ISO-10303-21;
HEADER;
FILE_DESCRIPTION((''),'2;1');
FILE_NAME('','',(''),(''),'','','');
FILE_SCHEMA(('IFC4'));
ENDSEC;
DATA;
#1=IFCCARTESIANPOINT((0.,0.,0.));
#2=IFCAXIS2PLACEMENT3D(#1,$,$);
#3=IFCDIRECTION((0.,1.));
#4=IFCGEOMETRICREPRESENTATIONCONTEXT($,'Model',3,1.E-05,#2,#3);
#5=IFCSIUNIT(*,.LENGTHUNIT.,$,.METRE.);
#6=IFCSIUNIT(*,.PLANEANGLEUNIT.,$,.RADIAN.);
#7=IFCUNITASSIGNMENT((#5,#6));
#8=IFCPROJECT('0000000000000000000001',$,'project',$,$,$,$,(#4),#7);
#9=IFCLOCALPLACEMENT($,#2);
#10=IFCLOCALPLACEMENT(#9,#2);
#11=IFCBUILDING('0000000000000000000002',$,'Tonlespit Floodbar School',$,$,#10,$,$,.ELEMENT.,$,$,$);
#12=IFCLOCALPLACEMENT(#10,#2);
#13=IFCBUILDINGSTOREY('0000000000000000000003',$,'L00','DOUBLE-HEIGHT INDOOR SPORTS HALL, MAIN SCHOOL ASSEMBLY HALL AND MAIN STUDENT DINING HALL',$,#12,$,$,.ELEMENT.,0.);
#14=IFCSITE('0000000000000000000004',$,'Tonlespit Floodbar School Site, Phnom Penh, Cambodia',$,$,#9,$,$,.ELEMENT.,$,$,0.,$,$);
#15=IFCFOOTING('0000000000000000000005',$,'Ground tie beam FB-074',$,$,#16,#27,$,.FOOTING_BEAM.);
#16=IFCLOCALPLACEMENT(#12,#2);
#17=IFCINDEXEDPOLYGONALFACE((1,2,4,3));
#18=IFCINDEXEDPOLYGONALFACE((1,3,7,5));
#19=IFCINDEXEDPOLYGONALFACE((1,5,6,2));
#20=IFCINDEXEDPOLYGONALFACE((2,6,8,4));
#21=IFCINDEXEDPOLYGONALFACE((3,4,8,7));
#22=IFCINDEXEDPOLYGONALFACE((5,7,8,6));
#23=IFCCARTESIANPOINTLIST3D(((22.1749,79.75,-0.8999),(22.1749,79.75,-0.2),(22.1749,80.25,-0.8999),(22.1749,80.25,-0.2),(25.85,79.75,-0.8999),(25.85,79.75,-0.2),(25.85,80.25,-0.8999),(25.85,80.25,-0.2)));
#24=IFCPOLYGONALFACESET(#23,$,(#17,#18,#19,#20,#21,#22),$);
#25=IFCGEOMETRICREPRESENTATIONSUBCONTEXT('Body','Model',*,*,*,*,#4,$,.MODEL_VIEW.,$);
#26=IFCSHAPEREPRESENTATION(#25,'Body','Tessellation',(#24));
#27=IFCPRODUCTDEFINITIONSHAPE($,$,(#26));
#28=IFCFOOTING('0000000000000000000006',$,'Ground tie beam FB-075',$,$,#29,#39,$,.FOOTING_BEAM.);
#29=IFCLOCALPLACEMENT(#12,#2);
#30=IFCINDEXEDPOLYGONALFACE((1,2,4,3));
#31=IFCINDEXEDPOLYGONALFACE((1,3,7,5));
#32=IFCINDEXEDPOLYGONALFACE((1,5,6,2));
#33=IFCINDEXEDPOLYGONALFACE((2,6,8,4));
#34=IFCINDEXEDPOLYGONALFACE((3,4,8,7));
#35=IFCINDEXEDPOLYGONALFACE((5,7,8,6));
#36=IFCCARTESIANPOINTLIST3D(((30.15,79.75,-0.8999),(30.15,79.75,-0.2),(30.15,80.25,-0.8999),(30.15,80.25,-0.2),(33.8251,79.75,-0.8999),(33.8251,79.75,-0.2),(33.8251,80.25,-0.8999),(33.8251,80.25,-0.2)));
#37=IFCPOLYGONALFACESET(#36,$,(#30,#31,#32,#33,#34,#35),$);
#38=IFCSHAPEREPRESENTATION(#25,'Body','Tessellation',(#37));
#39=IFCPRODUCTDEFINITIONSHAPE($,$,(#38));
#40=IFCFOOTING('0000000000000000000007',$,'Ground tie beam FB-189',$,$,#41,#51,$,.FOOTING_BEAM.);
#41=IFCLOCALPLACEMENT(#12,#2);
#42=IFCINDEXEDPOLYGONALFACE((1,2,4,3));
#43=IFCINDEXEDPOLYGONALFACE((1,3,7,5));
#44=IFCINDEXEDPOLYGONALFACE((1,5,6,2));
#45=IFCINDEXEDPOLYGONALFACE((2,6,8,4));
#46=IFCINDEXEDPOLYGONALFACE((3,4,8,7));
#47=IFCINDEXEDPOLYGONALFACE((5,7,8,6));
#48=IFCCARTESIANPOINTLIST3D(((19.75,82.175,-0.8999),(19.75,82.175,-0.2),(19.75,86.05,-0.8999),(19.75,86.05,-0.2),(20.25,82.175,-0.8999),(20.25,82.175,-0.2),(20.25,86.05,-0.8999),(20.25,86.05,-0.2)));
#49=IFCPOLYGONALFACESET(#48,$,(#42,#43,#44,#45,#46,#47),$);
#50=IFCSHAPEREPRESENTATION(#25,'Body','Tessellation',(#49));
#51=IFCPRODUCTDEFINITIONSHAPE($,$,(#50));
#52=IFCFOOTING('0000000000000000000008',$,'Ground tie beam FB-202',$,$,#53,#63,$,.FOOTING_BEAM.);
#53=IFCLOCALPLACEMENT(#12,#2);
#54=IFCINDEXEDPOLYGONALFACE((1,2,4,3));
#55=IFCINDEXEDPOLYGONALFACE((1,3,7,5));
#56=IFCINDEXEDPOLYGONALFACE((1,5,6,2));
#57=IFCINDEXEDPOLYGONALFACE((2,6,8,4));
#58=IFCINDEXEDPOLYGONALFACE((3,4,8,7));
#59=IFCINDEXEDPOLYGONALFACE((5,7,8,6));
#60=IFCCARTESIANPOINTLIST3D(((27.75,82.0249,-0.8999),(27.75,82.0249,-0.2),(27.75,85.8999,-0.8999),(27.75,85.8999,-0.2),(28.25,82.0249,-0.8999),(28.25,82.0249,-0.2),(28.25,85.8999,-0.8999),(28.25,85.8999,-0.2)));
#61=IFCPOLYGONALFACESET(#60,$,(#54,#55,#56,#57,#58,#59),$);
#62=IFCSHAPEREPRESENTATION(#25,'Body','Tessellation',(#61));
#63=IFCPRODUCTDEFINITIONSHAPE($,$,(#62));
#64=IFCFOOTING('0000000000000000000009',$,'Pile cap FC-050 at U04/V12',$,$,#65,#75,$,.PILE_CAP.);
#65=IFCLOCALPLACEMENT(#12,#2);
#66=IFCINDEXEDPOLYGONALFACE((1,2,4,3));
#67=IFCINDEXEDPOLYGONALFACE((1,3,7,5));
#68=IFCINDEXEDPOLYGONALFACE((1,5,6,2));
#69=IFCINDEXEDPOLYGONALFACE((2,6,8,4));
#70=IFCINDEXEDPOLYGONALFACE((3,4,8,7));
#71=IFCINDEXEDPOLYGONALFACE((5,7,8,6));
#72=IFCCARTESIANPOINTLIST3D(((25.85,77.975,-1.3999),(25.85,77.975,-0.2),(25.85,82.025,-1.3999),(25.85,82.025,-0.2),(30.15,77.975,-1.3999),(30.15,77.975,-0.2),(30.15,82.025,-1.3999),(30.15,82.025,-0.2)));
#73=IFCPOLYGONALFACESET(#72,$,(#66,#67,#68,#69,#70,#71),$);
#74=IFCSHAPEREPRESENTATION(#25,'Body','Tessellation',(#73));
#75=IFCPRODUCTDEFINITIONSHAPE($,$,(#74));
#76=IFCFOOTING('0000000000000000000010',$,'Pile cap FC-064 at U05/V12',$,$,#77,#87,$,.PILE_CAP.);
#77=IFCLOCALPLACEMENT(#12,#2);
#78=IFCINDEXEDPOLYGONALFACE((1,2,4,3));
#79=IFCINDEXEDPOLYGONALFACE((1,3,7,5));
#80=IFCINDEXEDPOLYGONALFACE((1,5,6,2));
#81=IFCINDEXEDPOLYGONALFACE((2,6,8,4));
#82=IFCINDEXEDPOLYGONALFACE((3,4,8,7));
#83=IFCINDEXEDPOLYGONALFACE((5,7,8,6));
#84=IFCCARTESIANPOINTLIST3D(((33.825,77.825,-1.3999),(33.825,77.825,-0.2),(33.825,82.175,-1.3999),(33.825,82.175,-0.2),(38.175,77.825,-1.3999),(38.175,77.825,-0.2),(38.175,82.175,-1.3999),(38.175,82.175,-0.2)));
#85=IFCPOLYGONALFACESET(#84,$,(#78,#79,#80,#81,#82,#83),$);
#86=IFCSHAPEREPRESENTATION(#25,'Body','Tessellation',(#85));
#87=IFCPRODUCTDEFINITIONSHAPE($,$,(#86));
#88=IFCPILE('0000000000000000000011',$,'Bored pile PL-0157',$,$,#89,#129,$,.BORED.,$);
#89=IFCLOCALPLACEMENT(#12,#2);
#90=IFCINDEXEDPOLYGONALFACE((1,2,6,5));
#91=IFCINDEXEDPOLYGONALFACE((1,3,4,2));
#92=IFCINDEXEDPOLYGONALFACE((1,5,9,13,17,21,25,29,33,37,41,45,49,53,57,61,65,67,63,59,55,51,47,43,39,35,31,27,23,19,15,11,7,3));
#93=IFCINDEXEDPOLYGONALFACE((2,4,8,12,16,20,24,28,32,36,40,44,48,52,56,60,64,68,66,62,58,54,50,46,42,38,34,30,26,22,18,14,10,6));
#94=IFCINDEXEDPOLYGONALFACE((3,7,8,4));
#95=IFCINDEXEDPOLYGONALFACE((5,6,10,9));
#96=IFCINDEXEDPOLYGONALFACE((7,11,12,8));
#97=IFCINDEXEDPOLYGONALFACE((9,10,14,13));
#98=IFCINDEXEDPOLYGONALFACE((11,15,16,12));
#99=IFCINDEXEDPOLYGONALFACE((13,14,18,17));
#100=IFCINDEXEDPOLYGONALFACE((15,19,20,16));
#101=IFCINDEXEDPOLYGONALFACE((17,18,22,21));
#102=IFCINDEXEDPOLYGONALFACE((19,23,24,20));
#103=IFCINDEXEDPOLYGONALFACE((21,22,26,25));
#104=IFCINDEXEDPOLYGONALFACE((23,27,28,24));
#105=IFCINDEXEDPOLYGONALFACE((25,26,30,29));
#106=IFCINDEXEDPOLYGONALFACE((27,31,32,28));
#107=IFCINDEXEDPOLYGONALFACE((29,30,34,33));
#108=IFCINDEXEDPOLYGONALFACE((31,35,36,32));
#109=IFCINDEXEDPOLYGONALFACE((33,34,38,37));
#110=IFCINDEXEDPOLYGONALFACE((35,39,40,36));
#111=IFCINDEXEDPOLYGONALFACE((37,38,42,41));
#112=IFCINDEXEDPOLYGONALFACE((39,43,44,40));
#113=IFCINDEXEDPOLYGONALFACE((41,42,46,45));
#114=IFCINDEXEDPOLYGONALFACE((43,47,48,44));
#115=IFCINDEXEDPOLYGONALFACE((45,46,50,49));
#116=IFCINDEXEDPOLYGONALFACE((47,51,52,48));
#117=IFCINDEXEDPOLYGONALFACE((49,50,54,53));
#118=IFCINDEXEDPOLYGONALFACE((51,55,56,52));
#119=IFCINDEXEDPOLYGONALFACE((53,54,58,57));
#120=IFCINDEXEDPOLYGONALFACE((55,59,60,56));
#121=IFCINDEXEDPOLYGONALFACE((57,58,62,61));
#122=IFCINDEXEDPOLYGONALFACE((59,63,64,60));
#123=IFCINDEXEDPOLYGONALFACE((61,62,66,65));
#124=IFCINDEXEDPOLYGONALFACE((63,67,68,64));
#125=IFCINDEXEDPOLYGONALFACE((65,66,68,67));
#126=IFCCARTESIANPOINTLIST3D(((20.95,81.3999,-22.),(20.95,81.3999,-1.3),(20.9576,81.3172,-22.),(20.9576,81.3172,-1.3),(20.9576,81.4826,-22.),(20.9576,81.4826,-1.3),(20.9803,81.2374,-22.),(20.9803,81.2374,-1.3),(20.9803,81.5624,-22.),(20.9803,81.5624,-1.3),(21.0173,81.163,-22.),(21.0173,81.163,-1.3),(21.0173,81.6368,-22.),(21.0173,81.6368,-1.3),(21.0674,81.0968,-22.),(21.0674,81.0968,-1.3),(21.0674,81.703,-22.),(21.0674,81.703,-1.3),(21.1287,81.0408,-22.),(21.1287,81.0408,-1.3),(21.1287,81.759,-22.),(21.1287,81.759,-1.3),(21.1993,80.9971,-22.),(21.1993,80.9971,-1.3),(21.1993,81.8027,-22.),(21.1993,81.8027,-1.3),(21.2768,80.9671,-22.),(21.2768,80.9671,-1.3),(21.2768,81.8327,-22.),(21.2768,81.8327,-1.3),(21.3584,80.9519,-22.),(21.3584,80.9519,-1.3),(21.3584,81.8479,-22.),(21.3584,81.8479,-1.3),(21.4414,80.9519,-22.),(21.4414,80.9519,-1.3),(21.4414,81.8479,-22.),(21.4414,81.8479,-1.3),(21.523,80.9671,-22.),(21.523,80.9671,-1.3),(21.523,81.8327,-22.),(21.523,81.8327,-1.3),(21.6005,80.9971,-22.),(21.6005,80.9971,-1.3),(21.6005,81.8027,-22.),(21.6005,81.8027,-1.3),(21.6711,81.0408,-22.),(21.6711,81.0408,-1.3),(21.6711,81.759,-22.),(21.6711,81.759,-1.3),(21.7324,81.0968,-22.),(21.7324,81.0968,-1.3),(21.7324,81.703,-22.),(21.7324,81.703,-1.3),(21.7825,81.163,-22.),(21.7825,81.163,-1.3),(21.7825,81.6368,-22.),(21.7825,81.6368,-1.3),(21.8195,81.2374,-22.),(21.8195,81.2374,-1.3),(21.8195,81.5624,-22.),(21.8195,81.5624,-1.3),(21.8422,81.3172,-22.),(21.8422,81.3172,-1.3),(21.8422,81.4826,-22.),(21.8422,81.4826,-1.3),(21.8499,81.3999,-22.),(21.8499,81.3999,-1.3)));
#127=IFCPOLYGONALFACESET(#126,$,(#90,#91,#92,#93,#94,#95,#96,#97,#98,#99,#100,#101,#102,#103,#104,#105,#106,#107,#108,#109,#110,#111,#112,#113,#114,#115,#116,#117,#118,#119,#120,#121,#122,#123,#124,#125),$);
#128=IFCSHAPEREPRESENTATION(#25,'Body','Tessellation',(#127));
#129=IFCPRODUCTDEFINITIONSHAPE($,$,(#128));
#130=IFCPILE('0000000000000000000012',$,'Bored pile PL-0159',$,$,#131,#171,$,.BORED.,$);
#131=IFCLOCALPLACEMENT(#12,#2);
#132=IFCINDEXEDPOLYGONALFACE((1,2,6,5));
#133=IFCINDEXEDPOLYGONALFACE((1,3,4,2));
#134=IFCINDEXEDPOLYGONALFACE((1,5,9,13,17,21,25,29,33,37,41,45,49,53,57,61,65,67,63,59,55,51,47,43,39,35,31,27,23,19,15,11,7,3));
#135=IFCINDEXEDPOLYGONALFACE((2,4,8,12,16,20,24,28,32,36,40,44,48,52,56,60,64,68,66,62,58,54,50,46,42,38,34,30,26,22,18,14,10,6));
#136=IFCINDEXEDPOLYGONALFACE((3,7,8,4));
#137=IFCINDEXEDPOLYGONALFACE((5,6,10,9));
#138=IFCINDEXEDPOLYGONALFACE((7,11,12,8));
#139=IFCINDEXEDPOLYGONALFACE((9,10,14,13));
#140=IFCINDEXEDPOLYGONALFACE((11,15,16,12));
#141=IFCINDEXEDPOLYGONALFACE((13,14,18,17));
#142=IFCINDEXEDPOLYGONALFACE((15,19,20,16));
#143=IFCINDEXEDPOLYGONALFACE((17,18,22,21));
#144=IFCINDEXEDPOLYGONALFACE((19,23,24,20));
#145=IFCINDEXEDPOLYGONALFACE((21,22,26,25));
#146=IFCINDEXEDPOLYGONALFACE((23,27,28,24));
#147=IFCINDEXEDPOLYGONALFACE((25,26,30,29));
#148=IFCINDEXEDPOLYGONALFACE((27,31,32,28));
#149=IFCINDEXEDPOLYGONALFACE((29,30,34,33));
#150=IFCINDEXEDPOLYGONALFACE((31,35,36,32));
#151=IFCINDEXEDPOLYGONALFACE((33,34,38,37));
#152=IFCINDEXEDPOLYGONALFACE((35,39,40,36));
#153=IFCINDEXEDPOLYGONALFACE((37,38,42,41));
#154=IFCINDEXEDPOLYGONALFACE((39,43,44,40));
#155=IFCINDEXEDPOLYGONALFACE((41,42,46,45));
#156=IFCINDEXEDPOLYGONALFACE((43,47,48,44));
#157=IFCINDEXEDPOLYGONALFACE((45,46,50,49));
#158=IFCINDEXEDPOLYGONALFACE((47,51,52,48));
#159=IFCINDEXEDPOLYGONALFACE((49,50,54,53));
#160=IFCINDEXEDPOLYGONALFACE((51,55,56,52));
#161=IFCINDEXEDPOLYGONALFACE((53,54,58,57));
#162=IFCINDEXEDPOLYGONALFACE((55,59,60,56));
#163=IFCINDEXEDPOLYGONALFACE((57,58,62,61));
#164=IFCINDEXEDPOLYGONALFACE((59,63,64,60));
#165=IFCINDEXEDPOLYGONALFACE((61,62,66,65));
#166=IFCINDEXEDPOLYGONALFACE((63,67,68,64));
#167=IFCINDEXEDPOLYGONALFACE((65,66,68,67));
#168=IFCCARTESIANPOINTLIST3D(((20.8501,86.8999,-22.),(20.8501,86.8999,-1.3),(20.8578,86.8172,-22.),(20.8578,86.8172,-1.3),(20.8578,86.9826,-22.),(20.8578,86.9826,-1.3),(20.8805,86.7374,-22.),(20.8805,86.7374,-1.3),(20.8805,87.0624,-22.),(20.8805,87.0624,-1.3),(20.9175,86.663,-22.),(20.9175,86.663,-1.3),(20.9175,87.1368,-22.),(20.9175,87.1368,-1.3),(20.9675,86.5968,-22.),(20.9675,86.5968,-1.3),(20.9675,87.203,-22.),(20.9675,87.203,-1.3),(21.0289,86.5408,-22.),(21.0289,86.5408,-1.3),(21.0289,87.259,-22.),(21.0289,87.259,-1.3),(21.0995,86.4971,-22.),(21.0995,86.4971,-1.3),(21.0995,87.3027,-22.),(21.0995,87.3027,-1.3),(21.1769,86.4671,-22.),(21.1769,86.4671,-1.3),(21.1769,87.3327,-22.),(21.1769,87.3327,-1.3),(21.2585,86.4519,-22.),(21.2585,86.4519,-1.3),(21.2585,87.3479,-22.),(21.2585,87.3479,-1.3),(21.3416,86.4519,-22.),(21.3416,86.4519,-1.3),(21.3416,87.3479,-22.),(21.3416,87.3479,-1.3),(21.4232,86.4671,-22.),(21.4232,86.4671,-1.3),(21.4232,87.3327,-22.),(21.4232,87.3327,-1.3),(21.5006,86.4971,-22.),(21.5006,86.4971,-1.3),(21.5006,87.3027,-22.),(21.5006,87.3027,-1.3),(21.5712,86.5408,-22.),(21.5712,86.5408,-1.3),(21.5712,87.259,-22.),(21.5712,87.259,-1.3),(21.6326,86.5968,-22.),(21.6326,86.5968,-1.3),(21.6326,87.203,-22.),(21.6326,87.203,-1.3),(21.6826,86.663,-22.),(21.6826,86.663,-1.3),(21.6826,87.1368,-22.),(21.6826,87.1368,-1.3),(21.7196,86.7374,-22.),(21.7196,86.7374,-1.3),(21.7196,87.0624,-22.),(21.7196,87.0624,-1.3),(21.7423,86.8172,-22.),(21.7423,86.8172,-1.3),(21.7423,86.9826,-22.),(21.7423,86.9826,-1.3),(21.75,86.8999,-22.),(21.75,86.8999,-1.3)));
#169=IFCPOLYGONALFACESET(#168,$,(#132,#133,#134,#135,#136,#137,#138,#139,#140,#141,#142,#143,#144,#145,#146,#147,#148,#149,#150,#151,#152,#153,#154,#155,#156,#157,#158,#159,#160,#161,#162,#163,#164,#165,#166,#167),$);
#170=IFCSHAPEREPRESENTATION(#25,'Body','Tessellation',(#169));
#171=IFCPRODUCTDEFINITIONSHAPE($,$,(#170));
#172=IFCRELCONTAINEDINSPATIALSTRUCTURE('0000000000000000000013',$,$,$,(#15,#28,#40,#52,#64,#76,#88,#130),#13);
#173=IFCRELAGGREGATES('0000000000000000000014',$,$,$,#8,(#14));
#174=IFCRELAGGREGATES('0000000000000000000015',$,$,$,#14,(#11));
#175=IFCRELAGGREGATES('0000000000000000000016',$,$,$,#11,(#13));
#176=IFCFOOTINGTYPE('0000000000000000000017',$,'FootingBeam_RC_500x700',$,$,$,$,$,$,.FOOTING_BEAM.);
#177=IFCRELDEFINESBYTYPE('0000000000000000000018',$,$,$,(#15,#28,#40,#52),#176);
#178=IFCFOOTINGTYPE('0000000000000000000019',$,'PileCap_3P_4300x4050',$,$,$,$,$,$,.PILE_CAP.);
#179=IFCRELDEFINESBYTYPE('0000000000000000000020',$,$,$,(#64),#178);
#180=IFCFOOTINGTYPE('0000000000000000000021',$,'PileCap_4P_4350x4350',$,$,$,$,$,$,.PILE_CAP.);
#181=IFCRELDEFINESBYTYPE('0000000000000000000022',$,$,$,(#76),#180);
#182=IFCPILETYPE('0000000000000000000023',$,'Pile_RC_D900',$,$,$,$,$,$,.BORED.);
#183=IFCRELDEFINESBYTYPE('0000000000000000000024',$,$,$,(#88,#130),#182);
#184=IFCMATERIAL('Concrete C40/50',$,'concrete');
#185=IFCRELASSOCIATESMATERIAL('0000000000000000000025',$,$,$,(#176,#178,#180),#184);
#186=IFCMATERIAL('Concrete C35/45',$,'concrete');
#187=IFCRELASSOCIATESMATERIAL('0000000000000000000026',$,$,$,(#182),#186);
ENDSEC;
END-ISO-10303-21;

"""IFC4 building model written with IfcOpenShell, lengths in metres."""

from ifc_helpers import new_model, si_unit, direction, frame, origin, origin_2d, place, context, subcontext, project, spatial, rectangle, circle, extrude, material, material_profile, profile_set, type_object, element, save


model = new_model("IFC4")

# Units and contexts
model_context = context("Model", 3, precision=1e-05, world=origin(), true_north=direction((0.0, 1.0)))
body_context = subcontext(model_context, "Body", "Model", "MODEL_VIEW")
ifc_project = project(units=[si_unit("LENGTHUNIT", "METRE"), si_unit("PLANEANGLEUNIT", "RADIAN")], contexts=[model_context])

# Site, building, storey
site_placement = place(None, origin())
site = spatial("IfcSite", under=ifc_project, at=site_placement, Name="Tonlespit Floodbar School Site, Phnom Penh, Cambodia", CompositionType="ELEMENT", RefElevation=0.0)
building_placement = place(site_placement, origin())
building = spatial("IfcBuilding", under=site, at=building_placement, Name="Tonlespit Floodbar School", CompositionType="ELEMENT")
storey_placement = place(building_placement, origin())
storey = spatial("IfcBuildingStorey", under=building, at=storey_placement, Name="L00", Description="DOUBLE-HEIGHT INDOOR SPORTS HALL, MAIN SCHOOL ASSEMBLY HALL AND MAIN STUDENT DINING HALL", CompositionType="ELEMENT", Elevation=0.0)

# Footings
ifc_material_1 = material(Name="Concrete C40/50", Category="concrete")
footing_type_1 = type_object("IfcFootingType", Name="FootingBeam_RC_500x700", PredefinedType="FOOTING_BEAM", material=ifc_material_1)
for number, where, z_axis, x_axis, name in (
    (1, (24.0125, 80.0, -0.8999), (0.0, 0.0, 1.0), (1.0, 0.0, 0.0), "Ground tie beam FB-074"),
    (2, (31.9875, 80.0, -0.8999), (0.0, 0.0, 1.0), (1.0, 0.0, 0.0), "Ground tie beam FB-075"),
):
    element("IfcFooting", number, at=place(storey_placement, frame(where, z_axis=z_axis, x_axis=x_axis)), inside=storey, type_object=footing_type_1, Name=name, PredefinedType="FOOTING_BEAM", context=body_context, shape_type="SweptSolid", body=[
        extrude(rectangle(XDim=3.675, YDim=0.5, at=origin_2d()), origin(), (0.0, 0.0, 1.0), 0.7),
    ])
for number, where, z_axis, x_axis, name in (
    (3, (20.0, 84.1125, -0.8999), (0.0, 0.0, 1.0), (0.0, 1.0, 0.0), "Ground tie beam FB-189"),
    (4, (28.0, 83.9624, -0.8999), (0.0, 0.0, 1.0), (0.0, 1.0, 0.0), "Ground tie beam FB-202"),
):
    element("IfcFooting", number, at=place(storey_placement, frame(where, z_axis=z_axis, x_axis=x_axis)), inside=storey, type_object=footing_type_1, Name=name, PredefinedType="FOOTING_BEAM", context=body_context, shape_type="SweptSolid", body=[
        extrude(rectangle(XDim=3.875, YDim=0.5, at=origin_2d()), origin(), (0.0, 0.0, 1.0), 0.7),
    ])
footing_type_2 = type_object("IfcFootingType", Name="PileCap_3P_4300x4050", PredefinedType="PILE_CAP", material=ifc_material_1)
footing_1_placement = place(storey_placement, frame((28.0, 80.0, -1.3999), z_axis=(0.0, 0.0, 1.0), x_axis=(1.0, 0.0, 0.0)))
element("IfcFooting", 5, at=footing_1_placement, inside=storey, type_object=footing_type_2, Name="Pile cap FC-050 at U04/V12", PredefinedType="PILE_CAP", context=body_context, shape_type="SweptSolid", body=[
    extrude(rectangle(XDim=4.3, YDim=4.05, at=origin_2d()), origin(), (0.0, 0.0, 1.0), 1.2),
])
footing_type_3 = type_object("IfcFootingType", Name="PileCap_4P_4350x4350", PredefinedType="PILE_CAP", material=ifc_material_1)
footing_2_placement = place(storey_placement, frame((36.0, 80.0, -1.3999), z_axis=(0.0, 0.0, 1.0), x_axis=(1.0, 0.0, 0.0)))
element("IfcFooting", 6, at=footing_2_placement, inside=storey, type_object=footing_type_3, Name="Pile cap FC-064 at U05/V12", PredefinedType="PILE_CAP", context=body_context, shape_type="SweptSolid", body=[
    extrude(rectangle(XDim=4.3501, YDim=4.3501, at=origin_2d()), origin(), (0.0, 0.0, 1.0), 1.2),
])

# Piles
ifc_material_2 = material(Name="Concrete C35/45", Category="concrete")
ifc_material_profile_1 = material_profile(ifc_material_2, circle(Radius=0.45, at=origin_2d()), Name="BP D900")
ifc_profile_set_1 = profile_set([ifc_material_profile_1], Name="Concrete C35/45")
pile_type = type_object("IfcPileType", Name="Pile_RC_D900", PredefinedType="BORED", material=ifc_profile_set_1)
for number, where, z_axis, x_axis, name in (
    (7, (21.3999, 81.3999, -1.3), (0.0, 0.0, -1.0), (1.0, 0.0, 0.0), "Bored pile PL-0157"),
    (8, (21.3, 86.8999, -1.3), (0.0, 0.0, -1.0), (1.0, 0.0, 0.0), "Bored pile PL-0159"),
):
    element("IfcPile", number, at=place(storey_placement, frame(where, z_axis=z_axis, x_axis=x_axis)), inside=storey, type_object=pile_type, Name=name, PredefinedType="BORED", context=body_context, shape_type="SweptSolid", body=[
        extrude(circle(Radius=0.45, at=origin_2d()), origin(), (0.0, 0.0, 1.0), 20.7),
    ])

save(model, "model.ifc")
